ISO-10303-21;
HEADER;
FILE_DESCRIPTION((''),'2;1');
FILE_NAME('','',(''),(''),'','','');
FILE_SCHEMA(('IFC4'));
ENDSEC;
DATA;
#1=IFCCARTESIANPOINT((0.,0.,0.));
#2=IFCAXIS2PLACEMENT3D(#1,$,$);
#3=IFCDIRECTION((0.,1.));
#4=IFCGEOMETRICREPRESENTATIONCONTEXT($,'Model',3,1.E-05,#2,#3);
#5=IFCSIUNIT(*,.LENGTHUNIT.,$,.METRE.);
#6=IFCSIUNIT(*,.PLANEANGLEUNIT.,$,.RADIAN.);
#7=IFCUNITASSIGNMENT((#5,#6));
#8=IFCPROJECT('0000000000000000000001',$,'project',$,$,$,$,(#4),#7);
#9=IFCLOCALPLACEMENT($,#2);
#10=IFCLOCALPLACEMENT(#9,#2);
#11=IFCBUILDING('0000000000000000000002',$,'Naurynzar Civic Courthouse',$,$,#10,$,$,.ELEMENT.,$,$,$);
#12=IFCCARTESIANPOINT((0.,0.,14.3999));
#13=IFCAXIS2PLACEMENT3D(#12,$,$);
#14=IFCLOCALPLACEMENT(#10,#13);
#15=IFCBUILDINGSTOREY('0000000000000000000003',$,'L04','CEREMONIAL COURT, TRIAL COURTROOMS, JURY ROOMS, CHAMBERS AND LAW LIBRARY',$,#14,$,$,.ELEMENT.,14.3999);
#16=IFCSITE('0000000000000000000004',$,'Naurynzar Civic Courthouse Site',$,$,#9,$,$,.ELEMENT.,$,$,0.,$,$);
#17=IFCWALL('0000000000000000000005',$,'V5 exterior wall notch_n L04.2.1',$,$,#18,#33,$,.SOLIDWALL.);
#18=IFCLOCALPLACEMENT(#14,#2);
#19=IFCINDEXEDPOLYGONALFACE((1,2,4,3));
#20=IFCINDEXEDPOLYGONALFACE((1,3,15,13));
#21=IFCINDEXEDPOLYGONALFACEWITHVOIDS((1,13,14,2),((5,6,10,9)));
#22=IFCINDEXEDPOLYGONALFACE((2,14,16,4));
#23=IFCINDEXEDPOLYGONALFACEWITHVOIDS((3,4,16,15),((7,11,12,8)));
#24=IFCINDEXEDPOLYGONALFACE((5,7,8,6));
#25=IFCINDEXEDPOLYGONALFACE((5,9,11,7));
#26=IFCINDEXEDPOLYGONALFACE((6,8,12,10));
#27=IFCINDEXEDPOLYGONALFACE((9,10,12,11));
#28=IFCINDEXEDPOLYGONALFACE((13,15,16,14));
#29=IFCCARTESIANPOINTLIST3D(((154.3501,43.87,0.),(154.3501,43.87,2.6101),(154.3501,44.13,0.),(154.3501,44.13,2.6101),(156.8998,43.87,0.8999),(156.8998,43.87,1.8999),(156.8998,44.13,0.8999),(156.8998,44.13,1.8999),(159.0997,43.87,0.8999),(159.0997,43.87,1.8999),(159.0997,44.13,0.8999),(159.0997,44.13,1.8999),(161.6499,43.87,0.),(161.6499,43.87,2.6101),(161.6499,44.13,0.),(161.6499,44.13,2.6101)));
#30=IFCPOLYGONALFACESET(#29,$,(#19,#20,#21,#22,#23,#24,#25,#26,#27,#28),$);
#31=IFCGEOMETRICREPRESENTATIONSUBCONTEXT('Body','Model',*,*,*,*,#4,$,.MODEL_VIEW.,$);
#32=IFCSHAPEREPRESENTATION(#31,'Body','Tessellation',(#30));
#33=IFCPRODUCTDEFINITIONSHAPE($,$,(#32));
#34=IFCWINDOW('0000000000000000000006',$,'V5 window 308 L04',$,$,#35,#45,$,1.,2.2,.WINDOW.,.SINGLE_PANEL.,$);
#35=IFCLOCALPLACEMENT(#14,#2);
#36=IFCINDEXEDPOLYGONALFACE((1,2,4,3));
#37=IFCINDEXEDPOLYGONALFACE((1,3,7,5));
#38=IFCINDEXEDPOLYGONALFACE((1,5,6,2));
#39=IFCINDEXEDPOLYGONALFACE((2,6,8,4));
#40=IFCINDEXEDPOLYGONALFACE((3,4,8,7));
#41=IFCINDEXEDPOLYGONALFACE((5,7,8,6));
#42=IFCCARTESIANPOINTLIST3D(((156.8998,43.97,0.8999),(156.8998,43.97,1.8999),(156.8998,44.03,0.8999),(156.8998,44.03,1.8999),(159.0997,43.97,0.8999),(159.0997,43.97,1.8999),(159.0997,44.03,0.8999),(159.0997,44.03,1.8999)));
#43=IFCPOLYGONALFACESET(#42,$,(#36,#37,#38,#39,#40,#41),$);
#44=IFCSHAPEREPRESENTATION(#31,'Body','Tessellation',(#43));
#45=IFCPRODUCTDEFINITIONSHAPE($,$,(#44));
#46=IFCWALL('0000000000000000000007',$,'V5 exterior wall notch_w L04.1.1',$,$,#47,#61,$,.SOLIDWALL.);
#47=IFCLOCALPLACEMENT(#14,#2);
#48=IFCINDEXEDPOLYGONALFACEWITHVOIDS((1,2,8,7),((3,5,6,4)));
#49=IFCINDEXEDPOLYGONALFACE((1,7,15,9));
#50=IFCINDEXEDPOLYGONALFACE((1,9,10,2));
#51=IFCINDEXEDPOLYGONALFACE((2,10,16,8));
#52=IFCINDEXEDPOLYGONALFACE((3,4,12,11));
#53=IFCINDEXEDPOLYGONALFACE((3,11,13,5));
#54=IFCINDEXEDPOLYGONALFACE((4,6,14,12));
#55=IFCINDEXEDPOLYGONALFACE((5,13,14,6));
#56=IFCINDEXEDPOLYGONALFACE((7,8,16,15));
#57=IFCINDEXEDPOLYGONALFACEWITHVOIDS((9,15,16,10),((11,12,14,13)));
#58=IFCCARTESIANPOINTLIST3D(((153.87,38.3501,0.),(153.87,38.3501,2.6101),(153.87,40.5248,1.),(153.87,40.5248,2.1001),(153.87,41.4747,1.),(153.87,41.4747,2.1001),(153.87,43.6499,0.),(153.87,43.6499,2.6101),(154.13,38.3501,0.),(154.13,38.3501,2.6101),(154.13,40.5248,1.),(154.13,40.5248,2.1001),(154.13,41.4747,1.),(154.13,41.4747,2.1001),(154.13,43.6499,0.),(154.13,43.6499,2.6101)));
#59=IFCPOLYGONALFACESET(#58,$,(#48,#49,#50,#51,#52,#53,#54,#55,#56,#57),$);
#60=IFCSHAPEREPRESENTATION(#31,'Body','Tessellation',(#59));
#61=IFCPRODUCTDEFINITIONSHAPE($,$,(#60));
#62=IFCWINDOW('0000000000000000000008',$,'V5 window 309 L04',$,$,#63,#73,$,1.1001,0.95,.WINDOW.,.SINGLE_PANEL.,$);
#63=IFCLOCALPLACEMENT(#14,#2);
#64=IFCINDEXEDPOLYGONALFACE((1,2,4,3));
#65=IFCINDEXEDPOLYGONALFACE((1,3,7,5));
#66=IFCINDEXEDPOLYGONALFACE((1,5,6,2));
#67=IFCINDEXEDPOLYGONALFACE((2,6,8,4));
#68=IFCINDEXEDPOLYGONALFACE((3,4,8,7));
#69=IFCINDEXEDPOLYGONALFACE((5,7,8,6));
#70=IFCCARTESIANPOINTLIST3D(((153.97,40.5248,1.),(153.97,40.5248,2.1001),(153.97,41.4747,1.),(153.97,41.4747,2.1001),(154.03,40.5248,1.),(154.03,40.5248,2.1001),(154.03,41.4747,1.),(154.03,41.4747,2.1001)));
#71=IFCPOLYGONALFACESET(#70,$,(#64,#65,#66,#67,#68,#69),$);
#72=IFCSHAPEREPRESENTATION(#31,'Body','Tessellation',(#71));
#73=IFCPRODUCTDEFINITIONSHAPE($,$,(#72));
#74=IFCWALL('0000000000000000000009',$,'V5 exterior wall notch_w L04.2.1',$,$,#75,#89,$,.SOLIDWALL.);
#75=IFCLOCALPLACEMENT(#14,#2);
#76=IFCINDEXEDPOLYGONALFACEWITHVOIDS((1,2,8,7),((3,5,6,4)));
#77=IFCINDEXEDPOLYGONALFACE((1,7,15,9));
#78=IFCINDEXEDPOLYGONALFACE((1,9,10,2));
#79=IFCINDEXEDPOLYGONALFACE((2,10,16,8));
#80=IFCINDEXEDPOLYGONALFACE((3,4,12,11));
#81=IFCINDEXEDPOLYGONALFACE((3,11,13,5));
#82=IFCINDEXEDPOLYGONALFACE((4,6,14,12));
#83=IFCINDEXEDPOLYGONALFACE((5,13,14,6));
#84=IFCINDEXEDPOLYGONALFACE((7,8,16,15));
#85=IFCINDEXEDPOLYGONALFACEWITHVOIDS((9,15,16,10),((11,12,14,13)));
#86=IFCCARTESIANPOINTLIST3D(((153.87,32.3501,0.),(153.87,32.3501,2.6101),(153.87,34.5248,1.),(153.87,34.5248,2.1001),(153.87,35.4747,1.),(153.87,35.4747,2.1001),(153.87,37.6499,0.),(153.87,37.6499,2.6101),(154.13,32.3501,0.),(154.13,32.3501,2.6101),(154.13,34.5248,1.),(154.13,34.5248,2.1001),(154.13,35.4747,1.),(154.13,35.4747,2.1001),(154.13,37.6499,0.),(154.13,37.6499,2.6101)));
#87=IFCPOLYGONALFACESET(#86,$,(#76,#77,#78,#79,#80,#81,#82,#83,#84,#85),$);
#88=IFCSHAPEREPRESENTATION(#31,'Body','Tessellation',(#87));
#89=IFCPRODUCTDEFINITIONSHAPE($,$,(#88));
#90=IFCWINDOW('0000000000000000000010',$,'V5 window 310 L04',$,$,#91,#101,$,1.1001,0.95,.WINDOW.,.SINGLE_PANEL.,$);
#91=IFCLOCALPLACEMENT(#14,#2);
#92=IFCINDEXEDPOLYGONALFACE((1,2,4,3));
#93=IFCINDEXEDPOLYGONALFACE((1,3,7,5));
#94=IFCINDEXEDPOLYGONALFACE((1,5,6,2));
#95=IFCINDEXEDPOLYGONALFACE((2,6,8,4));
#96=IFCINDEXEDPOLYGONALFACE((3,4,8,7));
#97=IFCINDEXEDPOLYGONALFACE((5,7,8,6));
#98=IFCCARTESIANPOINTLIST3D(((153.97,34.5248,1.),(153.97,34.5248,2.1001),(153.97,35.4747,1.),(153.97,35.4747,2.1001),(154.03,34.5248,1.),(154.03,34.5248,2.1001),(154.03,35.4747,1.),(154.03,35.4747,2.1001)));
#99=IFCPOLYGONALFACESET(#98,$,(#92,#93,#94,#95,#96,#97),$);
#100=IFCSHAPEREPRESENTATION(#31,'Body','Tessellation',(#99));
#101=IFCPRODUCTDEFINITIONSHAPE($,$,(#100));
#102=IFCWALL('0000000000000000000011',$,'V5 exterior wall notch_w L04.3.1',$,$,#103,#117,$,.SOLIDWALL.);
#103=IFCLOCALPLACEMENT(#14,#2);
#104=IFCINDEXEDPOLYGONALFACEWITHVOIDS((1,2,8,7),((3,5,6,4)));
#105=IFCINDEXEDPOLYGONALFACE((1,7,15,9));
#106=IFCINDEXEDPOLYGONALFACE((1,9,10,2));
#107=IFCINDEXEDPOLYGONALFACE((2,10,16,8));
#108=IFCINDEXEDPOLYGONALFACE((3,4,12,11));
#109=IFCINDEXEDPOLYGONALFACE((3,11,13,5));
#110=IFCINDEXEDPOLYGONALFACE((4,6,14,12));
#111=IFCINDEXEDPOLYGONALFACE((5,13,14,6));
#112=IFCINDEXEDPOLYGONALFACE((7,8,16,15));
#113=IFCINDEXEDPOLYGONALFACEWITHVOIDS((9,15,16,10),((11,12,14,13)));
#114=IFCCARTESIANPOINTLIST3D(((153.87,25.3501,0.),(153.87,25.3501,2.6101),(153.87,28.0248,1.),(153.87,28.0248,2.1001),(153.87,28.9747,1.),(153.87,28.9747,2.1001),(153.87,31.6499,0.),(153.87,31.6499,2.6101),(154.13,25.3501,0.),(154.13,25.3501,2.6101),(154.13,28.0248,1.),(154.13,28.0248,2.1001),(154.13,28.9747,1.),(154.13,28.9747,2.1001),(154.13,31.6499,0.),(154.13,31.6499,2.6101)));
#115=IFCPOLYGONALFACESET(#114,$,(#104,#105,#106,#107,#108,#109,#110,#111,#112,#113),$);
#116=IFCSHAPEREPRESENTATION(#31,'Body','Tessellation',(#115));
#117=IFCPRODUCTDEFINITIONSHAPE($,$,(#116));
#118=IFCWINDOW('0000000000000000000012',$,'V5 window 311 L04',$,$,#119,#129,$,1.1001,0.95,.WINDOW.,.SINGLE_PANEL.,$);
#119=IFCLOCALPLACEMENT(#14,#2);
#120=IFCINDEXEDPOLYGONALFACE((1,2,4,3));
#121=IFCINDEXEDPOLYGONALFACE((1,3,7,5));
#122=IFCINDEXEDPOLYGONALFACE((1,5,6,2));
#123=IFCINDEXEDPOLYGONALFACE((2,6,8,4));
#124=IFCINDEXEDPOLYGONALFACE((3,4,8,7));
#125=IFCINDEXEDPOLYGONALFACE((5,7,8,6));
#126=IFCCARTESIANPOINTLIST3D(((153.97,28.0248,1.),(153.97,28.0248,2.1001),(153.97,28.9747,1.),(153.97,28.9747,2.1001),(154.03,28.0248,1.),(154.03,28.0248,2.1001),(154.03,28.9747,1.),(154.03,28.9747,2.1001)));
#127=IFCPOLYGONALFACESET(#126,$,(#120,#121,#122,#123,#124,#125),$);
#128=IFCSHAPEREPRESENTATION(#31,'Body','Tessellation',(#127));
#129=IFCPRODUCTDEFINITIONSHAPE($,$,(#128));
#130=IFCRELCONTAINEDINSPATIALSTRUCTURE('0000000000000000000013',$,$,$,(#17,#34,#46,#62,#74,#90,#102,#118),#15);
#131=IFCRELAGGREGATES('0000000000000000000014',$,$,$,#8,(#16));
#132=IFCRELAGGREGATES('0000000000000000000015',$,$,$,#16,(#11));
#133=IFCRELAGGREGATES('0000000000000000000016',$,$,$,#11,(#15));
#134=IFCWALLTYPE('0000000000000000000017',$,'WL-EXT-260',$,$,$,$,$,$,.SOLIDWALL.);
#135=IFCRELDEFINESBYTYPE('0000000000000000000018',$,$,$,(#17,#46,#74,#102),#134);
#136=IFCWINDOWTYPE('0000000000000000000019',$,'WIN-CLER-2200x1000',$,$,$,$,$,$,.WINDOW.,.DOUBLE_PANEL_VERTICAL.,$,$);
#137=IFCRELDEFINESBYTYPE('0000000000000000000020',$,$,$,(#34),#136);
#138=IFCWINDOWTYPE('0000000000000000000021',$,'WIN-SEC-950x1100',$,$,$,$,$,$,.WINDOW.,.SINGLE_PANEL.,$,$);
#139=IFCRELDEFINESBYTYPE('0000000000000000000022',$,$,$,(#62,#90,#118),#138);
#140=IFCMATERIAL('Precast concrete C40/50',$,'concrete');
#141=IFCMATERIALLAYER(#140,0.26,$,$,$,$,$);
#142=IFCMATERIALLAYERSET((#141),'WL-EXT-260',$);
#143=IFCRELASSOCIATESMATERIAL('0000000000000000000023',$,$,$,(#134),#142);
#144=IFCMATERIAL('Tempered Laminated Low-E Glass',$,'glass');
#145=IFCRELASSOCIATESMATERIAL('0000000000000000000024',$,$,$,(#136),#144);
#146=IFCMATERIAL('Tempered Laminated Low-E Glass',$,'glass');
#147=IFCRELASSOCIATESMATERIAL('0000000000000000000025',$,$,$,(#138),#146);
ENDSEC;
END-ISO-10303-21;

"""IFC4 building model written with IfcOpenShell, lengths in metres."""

from ifc_helpers import new_model, si_unit, direction, frame, frame_2d, origin, place, context, subcontext, project, spatial, rectangle, extrude, material, layer, layer_set, type_object, element, fill, save


model = new_model("IFC4")

# Units and contexts
model_context = context("Model", 3, precision=1e-05, world=origin(), true_north=direction((0.0, 1.0)))
body_context = subcontext(model_context, "Body", "Model", "MODEL_VIEW")
ifc_project = project(units=[si_unit("LENGTHUNIT", "METRE"), si_unit("PLANEANGLEUNIT", "RADIAN")], contexts=[model_context])

# Site, building, storey
site_placement = place(None, origin())
site = spatial("IfcSite", under=ifc_project, at=site_placement, Name="Naurynzar Civic Courthouse Site", CompositionType="ELEMENT", RefElevation=0.0)
building_placement = place(site_placement, origin())
building = spatial("IfcBuilding", under=site, at=building_placement, Name="Naurynzar Civic Courthouse", CompositionType="ELEMENT")
storey_placement = place(building_placement, frame((0.0, 0.0, 14.3999)))
storey = spatial("IfcBuildingStorey", under=building, at=storey_placement, Name="L04", Description="CEREMONIAL COURT, TRIAL COURTROOMS, JURY ROOMS, CHAMBERS AND LAW LIBRARY", CompositionType="ELEMENT", Elevation=14.3999)

# Walls, openings, windows
ifc_material_1 = material(Name="Precast concrete C40/50", Category="concrete")
ifc_layer = layer(ifc_material_1, 0.26)
ifc_layer_set = layer_set([ifc_layer], Name="WL-EXT-260")
wall_type = type_object("IfcWallType", Name="WL-EXT-260", PredefinedType="SOLIDWALL", material=ifc_layer_set)
ifc_material_2 = material(Name="Tempered Laminated Low-E Glass", Category="glass")
window_type_1 = type_object("IfcWindowType", Name="WIN-CLER-2200x1000", PartitioningType="DOUBLE_PANEL_VERTICAL", PredefinedType="WINDOW", material=ifc_material_2)
wall_1_placement = place(storey_placement, frame((161.6499, 44.0, 0.0), z_axis=(0.0, 0.0, 1.0), x_axis=(-1.0, 0.0, 0.0)))
wall_1 = element("IfcWall", 1, at=wall_1_placement, inside=storey, type_object=wall_type, Name="V5 exterior wall notch_n L04.2.1", PredefinedType="SOLIDWALL", context=body_context, shape_type="SweptSolid", body=[
    extrude(rectangle(XDim=7.2998, YDim=0.26, at=frame_2d((3.6499, 0.0))), origin(), (0.0, 0.0, 1.0), 2.6101),
])
opening_1_placement = place(wall_1_placement, frame((2.55, 0.0, 0.8999)))
opening_1 = element("IfcOpeningElement", 2, at=opening_1_placement, cuts=wall_1, PredefinedType="OPENING", context=body_context, shape_type="SweptSolid", body=[
    extrude(rectangle(XDim=2.2, YDim=1.0, at=frame_2d((1.1001, 0.5))), frame((0.0, 0.1399, 0.0), z_axis=(0.0, -1.0, 0.0), x_axis=(1.0, 0.0, 0.0)), (0.0, 0.0, 1.0), 0.28),
])
window_1_placement = place(opening_1_placement, origin())
window_1 = element("IfcWindow", 3, at=window_1_placement, inside=storey, type_object=window_type_1, Name="V5 window 308 L04", OverallHeight=1.0, OverallWidth=2.2, PartitioningType="SINGLE_PANEL", PredefinedType="WINDOW", context=body_context, shape_type="SweptSolid", body=[
    extrude(rectangle(XDim=2.2, YDim=1.0, at=frame_2d((1.1001, 0.5))), frame((0.0, 0.03, 0.0), z_axis=(0.0, -1.0, 0.0), x_axis=(1.0, 0.0, 0.0)), (0.0, 0.0, 1.0), 0.0601),
])
fill(opening_1, window_1)
wall_2_placement = place(storey_placement, frame((154.0, 43.6499, 0.0), z_axis=(0.0, 0.0, 1.0), x_axis=(0.0, -1.0, 0.0)))
wall_2 = element("IfcWall", 4, at=wall_2_placement, inside=storey, type_object=wall_type, Name="V5 exterior wall notch_w L04.1.1", PredefinedType="SOLIDWALL", context=body_context, shape_type="SweptSolid", body=[
    extrude(rectangle(XDim=5.2998, YDim=0.26, at=frame_2d((2.6499, 0.0))), origin(), (0.0, 0.0, 1.0), 2.6101),
])
opening_2_placement = place(wall_2_placement, frame((2.175, 0.0, 1.0)))
opening_2 = element("IfcOpeningElement", 5, at=opening_2_placement, cuts=wall_2, PredefinedType="OPENING", context=body_context, shape_type="SweptSolid", body=[
    extrude(rectangle(XDim=0.95, YDim=1.1001, at=frame_2d((0.4751, 0.55))), frame((0.0, 0.1399, 0.0), z_axis=(0.0, -1.0, 0.0), x_axis=(1.0, 0.0, 0.0)), (0.0, 0.0, 1.0), 0.28),
])
ifc_material_3 = material(Name="Tempered Laminated Low-E Glass", Category="glass")
window_type_2 = type_object("IfcWindowType", Name="WIN-SEC-950x1100", PartitioningType="SINGLE_PANEL", PredefinedType="WINDOW", material=ifc_material_3)
window_2_placement = place(opening_2_placement, origin())
window_2 = element("IfcWindow", 6, at=window_2_placement, inside=storey, type_object=window_type_2, Name="V5 window 309 L04", OverallHeight=1.1001, OverallWidth=0.95, PartitioningType="SINGLE_PANEL", PredefinedType="WINDOW", context=body_context, shape_type="SweptSolid", body=[
    extrude(rectangle(XDim=0.95, YDim=1.1001, at=frame_2d((0.4751, 0.55))), frame((0.0, 0.03, 0.0), z_axis=(0.0, -1.0, 0.0), x_axis=(1.0, 0.0, 0.0)), (0.0, 0.0, 1.0), 0.0601),
])
fill(opening_2, window_2)
wall_3_placement = place(storey_placement, frame((154.0, 37.6499, 0.0), z_axis=(0.0, 0.0, 1.0), x_axis=(0.0, -1.0, 0.0)))
wall_3 = element("IfcWall", 7, at=wall_3_placement, inside=storey, type_object=wall_type, Name="V5 exterior wall notch_w L04.2.1", PredefinedType="SOLIDWALL", context=body_context, shape_type="SweptSolid", body=[
    extrude(rectangle(XDim=5.2998, YDim=0.26, at=frame_2d((2.6499, 0.0))), origin(), (0.0, 0.0, 1.0), 2.6101),
])
opening_3_placement = place(wall_3_placement, frame((2.175, 0.0, 1.0)))
opening_3 = element("IfcOpeningElement", 8, at=opening_3_placement, cuts=wall_3, PredefinedType="OPENING", context=body_context, shape_type="SweptSolid", body=[
    extrude(rectangle(XDim=0.95, YDim=1.1001, at=frame_2d((0.4751, 0.55))), frame((0.0, 0.1399, 0.0), z_axis=(0.0, -1.0, 0.0), x_axis=(1.0, 0.0, 0.0)), (0.0, 0.0, 1.0), 0.28),
])
window_3_placement = place(opening_3_placement, origin())
window_3 = element("IfcWindow", 9, at=window_3_placement, inside=storey, type_object=window_type_2, Name="V5 window 310 L04", OverallHeight=1.1001, OverallWidth=0.95, PartitioningType="SINGLE_PANEL", PredefinedType="WINDOW", context=body_context, shape_type="SweptSolid", body=[
    extrude(rectangle(XDim=0.95, YDim=1.1001, at=frame_2d((0.4751, 0.55))), frame((0.0, 0.03, 0.0), z_axis=(0.0, -1.0, 0.0), x_axis=(1.0, 0.0, 0.0)), (0.0, 0.0, 1.0), 0.0601),
])
fill(opening_3, window_3)
wall_4_placement = place(storey_placement, frame((154.0, 31.6499, 0.0), z_axis=(0.0, 0.0, 1.0), x_axis=(0.0, -1.0, 0.0)))
wall_4 = element("IfcWall", 10, at=wall_4_placement, inside=storey, type_object=wall_type, Name="V5 exterior wall notch_w L04.3.1", PredefinedType="SOLIDWALL", context=body_context, shape_type="SweptSolid", body=[
    extrude(rectangle(XDim=6.2998, YDim=0.26, at=frame_2d((3.1499, 0.0))), origin(), (0.0, 0.0, 1.0), 2.6101),
])
opening_4_placement = place(wall_4_placement, frame((2.675, 0.0, 1.0)))
opening_4 = element("IfcOpeningElement", 11, at=opening_4_placement, cuts=wall_4, PredefinedType="OPENING", context=body_context, shape_type="SweptSolid", body=[
    extrude(rectangle(XDim=0.95, YDim=1.1001, at=frame_2d((0.4751, 0.55))), frame((0.0, 0.1399, 0.0), z_axis=(0.0, -1.0, 0.0), x_axis=(1.0, 0.0, 0.0)), (0.0, 0.0, 1.0), 0.28),
])
window_4_placement = place(opening_4_placement, origin())
window_4 = element("IfcWindow", 12, at=window_4_placement, inside=storey, type_object=window_type_2, Name="V5 window 311 L04", OverallHeight=1.1001, OverallWidth=0.95, PartitioningType="SINGLE_PANEL", PredefinedType="WINDOW", context=body_context, shape_type="SweptSolid", body=[
    extrude(rectangle(XDim=0.95, YDim=1.1001, at=frame_2d((0.4751, 0.55))), frame((0.0, 0.03, 0.0), z_axis=(0.0, -1.0, 0.0), x_axis=(1.0, 0.0, 0.0)), (0.0, 0.0, 1.0), 0.0601),
])
fill(opening_4, window_4)

save(model, "model.ifc")
